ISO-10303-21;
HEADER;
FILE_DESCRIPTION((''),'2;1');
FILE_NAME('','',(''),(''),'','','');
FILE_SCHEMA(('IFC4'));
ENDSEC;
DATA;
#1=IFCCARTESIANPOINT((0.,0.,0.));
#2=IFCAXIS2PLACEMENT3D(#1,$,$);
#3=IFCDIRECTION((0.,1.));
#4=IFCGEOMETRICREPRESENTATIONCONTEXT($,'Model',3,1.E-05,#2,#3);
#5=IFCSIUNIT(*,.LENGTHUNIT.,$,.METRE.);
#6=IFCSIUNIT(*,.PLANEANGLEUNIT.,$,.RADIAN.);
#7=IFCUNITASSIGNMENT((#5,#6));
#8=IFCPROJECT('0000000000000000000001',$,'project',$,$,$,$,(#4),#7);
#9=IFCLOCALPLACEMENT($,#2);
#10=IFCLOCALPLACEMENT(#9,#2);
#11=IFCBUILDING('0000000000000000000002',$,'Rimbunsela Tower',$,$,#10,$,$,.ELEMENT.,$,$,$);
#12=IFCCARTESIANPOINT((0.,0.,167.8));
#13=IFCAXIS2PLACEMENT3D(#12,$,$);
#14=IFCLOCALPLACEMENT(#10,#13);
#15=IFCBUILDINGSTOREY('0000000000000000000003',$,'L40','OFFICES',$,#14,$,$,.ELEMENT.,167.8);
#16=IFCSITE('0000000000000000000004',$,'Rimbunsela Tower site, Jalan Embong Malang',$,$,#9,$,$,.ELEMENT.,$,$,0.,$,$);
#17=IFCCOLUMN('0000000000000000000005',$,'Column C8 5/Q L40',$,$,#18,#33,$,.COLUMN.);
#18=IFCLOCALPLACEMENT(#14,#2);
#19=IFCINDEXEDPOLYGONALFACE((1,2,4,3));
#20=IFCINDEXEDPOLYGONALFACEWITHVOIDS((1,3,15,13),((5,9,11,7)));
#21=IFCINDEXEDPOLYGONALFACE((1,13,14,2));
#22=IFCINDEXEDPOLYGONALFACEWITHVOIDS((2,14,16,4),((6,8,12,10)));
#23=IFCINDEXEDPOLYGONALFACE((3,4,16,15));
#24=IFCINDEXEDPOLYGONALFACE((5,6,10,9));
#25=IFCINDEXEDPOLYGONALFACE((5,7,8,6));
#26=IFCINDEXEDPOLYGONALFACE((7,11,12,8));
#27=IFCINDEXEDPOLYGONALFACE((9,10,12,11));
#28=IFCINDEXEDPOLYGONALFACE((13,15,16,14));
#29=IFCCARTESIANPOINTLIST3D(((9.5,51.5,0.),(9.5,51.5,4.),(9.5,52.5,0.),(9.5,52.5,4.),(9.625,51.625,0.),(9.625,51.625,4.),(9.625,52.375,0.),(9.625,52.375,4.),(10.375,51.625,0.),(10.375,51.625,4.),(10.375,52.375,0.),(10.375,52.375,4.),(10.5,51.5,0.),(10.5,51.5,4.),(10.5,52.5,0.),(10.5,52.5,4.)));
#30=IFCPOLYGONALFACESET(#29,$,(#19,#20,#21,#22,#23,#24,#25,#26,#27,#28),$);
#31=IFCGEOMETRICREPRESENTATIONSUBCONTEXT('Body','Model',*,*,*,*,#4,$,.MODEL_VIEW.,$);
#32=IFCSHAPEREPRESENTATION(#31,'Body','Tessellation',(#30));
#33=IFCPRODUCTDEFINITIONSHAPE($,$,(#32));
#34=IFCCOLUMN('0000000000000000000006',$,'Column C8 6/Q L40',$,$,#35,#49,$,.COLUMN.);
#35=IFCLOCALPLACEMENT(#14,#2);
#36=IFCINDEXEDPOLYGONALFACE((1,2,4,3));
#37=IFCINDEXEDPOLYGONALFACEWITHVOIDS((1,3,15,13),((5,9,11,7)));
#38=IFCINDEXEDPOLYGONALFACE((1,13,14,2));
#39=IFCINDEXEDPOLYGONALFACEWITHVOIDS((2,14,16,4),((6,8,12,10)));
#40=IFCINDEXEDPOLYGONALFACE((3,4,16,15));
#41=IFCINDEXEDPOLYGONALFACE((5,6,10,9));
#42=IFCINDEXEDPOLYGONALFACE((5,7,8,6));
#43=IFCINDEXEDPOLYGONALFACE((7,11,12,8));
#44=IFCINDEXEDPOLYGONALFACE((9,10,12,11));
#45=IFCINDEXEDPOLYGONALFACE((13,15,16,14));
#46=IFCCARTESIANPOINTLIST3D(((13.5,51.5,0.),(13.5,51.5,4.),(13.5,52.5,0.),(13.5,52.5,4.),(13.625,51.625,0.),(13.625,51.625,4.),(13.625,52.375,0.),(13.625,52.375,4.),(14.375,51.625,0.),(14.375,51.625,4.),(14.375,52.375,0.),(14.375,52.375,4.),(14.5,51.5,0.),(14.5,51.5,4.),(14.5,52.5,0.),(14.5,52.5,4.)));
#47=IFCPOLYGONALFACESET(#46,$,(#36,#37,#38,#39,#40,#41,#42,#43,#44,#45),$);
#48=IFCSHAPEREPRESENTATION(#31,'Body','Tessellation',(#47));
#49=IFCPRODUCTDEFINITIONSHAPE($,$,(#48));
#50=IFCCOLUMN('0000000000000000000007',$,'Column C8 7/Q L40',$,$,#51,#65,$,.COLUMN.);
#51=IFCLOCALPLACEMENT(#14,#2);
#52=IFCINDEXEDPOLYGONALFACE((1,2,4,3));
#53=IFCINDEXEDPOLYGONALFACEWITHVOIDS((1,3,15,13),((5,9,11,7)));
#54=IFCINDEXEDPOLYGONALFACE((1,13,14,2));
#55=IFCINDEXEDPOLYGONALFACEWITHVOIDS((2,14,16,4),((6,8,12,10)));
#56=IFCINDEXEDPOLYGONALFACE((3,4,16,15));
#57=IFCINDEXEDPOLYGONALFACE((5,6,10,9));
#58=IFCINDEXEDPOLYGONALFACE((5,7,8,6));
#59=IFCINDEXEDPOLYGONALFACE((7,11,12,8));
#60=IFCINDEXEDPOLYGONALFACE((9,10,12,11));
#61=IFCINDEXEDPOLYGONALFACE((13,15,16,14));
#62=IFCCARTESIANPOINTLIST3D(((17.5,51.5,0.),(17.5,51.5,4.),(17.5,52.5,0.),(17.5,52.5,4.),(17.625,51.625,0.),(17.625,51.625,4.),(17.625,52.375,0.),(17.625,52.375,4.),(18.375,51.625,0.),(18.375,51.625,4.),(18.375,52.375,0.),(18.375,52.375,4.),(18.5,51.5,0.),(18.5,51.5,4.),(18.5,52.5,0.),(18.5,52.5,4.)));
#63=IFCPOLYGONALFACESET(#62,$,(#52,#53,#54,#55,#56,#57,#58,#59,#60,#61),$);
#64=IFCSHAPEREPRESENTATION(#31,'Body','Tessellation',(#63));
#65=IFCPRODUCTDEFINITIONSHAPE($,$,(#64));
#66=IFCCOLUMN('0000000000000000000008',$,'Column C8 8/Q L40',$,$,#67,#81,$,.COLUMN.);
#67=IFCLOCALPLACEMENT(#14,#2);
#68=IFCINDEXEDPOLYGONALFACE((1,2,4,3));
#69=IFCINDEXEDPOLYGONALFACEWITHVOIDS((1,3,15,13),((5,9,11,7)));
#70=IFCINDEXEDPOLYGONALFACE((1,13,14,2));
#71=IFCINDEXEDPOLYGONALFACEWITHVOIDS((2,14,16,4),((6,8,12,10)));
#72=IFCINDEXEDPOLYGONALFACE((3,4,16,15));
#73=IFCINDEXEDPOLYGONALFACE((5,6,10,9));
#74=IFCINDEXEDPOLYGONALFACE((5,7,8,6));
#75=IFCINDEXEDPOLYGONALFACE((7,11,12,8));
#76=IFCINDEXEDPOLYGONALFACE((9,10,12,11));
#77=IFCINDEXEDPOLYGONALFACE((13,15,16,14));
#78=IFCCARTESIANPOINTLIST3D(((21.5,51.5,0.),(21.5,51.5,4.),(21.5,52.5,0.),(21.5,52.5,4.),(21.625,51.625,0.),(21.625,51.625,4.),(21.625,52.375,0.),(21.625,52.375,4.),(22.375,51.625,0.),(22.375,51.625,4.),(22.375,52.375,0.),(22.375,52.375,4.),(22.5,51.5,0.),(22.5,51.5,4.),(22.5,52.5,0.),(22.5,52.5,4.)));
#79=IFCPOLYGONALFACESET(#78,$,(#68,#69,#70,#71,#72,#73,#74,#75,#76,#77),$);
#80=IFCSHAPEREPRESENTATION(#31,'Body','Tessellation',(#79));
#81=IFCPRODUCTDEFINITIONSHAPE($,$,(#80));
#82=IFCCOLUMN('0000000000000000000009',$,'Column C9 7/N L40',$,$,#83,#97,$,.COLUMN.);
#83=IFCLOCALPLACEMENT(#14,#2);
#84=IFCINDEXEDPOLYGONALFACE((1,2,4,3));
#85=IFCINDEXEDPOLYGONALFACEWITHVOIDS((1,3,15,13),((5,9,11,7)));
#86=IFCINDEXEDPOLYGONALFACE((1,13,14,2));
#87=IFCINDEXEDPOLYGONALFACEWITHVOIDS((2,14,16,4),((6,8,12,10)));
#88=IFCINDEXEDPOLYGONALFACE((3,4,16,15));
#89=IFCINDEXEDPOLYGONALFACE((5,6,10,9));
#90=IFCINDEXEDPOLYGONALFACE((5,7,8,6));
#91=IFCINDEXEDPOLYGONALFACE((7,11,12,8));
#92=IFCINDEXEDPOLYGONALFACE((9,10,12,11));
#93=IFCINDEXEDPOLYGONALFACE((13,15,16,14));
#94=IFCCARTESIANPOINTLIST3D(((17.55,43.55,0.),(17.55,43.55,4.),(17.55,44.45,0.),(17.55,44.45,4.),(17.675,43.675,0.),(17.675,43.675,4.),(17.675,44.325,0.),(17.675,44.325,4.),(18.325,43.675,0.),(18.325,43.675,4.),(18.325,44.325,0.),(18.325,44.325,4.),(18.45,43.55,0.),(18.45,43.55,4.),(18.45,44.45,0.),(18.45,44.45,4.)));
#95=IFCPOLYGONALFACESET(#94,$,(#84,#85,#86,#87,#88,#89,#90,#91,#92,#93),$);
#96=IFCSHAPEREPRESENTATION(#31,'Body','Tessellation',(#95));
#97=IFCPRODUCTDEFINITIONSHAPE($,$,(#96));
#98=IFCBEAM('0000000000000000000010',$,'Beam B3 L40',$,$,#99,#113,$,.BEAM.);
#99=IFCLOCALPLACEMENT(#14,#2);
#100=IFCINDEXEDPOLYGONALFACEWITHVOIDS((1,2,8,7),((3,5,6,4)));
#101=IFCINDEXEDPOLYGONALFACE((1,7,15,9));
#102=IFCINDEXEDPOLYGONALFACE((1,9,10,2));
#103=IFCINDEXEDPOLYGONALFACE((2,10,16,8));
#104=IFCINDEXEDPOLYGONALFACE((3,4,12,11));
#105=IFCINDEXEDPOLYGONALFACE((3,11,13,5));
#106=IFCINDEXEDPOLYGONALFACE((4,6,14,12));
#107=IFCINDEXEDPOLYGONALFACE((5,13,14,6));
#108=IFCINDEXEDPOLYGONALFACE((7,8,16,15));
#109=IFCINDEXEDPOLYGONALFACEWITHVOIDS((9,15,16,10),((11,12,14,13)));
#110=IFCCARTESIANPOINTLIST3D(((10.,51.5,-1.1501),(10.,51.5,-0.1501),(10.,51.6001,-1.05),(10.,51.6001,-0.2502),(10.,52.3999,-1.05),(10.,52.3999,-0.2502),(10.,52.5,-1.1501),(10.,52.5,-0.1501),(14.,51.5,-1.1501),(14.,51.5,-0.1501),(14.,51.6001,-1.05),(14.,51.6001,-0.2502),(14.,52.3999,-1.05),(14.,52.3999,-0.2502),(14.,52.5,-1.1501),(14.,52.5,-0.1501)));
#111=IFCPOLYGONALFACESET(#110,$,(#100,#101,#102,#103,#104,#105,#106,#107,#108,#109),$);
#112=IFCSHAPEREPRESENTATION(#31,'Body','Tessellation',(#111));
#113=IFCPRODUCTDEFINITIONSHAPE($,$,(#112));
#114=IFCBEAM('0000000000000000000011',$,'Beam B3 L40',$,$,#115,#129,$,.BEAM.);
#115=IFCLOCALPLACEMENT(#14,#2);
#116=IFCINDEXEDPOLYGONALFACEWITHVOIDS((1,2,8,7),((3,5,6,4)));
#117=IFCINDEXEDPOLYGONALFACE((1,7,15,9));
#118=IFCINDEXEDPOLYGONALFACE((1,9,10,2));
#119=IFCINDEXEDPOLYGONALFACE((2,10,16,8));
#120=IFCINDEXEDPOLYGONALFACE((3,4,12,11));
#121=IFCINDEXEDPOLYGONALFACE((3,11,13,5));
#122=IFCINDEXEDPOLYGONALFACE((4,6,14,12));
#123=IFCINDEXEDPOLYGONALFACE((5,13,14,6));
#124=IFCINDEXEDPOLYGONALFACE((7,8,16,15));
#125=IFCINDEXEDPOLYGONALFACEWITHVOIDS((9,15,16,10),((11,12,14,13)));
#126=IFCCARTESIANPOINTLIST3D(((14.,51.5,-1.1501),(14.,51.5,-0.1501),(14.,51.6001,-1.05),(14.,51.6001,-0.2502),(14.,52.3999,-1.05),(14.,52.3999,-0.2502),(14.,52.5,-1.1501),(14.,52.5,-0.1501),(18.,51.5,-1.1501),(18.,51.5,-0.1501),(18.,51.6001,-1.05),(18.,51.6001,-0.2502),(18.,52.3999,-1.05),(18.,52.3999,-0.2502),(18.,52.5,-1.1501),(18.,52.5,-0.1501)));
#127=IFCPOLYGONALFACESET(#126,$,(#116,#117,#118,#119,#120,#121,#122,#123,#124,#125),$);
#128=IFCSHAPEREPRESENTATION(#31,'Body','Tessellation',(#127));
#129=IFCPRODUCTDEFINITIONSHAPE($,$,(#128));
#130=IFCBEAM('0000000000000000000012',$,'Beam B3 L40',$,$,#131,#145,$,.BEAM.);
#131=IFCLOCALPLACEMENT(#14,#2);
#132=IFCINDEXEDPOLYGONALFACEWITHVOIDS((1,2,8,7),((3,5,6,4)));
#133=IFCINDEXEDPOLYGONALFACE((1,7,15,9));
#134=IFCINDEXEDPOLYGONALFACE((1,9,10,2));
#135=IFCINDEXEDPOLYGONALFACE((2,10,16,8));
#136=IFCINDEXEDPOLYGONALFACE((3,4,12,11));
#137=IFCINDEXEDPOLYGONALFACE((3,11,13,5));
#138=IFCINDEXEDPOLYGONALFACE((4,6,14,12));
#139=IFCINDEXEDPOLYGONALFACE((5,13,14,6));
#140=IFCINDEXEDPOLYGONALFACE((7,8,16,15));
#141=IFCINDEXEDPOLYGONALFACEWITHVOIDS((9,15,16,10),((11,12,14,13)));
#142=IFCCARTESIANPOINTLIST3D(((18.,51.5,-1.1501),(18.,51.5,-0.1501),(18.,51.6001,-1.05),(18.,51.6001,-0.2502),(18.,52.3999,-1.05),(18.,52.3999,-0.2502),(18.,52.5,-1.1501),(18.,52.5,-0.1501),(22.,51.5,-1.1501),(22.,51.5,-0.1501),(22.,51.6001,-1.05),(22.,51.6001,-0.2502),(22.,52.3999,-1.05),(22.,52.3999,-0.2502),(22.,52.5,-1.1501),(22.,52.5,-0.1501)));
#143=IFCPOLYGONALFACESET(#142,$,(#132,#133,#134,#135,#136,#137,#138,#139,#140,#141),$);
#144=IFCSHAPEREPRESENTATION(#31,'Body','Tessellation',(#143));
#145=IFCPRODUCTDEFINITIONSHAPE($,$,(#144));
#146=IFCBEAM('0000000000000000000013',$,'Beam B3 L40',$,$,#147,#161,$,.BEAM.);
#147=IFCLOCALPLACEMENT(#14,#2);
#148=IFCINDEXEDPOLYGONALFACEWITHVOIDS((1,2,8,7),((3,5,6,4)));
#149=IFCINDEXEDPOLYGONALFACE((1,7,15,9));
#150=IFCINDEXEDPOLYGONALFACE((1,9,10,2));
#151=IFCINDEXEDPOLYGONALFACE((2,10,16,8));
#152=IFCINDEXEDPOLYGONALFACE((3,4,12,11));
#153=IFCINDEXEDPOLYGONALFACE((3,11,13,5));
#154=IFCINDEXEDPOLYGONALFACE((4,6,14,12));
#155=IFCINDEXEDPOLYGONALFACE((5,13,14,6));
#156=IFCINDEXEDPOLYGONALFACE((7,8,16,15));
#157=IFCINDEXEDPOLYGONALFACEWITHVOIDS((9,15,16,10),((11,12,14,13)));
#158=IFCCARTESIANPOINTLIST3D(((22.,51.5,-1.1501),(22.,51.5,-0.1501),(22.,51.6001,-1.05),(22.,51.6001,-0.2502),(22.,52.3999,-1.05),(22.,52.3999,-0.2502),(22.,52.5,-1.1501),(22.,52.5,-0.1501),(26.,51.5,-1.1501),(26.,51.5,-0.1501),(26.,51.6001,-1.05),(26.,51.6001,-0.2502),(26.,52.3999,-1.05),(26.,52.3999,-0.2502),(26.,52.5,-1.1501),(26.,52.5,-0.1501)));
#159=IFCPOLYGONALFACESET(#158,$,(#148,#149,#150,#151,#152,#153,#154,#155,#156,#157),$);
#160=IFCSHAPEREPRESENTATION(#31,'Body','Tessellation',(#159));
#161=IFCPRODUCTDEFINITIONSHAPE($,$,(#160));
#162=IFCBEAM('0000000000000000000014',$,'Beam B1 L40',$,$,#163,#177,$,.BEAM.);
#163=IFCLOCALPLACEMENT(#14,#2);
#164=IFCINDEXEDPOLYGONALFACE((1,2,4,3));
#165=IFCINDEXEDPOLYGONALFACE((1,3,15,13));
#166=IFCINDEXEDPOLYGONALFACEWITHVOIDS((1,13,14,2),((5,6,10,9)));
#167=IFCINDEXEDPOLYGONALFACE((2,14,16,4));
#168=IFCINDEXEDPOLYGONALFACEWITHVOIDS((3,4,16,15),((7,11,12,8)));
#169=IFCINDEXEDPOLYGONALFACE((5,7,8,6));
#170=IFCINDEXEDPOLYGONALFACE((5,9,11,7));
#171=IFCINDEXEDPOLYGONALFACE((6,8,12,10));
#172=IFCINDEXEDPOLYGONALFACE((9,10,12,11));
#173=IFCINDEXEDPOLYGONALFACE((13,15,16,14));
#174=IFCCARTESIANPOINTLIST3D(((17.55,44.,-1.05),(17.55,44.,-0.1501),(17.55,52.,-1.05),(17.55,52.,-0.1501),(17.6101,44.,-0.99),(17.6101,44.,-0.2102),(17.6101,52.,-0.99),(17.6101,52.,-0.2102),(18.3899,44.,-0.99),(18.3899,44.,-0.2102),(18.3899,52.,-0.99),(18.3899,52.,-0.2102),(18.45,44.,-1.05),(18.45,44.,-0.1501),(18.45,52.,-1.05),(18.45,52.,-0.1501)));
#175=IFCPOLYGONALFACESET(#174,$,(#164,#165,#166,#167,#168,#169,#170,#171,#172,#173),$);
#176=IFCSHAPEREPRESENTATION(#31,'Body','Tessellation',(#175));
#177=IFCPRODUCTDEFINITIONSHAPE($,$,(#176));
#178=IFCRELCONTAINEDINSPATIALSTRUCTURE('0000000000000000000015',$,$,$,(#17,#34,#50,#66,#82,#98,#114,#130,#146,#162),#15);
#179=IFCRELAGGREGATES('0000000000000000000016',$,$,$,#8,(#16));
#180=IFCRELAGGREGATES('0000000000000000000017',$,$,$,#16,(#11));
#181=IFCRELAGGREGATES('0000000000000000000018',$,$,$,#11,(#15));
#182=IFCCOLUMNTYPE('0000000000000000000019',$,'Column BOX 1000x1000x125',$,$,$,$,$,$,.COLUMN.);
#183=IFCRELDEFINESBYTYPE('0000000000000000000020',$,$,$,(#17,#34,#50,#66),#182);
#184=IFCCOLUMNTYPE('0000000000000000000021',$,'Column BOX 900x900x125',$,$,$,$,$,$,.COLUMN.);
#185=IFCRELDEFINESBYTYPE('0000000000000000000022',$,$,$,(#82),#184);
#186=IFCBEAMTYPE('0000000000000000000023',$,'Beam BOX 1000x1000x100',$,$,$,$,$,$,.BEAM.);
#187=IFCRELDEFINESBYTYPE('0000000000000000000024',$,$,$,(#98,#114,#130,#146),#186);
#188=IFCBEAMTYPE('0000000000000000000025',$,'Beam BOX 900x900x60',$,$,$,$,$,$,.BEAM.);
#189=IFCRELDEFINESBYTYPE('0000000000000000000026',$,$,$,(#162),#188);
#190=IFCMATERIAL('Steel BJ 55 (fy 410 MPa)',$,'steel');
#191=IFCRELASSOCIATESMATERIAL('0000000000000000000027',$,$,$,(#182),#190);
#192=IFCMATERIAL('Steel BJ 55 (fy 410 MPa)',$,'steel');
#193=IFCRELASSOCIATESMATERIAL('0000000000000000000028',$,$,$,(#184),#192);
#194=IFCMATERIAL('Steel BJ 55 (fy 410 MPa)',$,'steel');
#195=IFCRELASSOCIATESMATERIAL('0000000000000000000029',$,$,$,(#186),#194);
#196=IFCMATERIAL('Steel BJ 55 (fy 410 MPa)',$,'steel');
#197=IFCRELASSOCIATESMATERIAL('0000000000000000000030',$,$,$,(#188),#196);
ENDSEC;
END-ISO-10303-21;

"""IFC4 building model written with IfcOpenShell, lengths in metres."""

from ifc_helpers import new_model, si_unit, direction, frame, origin, origin_2d, place, context, subcontext, project, spatial, hollow_rectangle, extrude, material, material_profile, profile_set, type_object, element, save


model = new_model("IFC4")

# Units and contexts
model_context = context("Model", 3, precision=1e-05, world=origin(), true_north=direction((0.0, 1.0)))
body_context = subcontext(model_context, "Body", "Model", "MODEL_VIEW")
ifc_project = project(units=[si_unit("LENGTHUNIT", "METRE"), si_unit("PLANEANGLEUNIT", "RADIAN")], contexts=[model_context])

# Site, building, storey
site_placement = place(None, origin())
site = spatial("IfcSite", under=ifc_project, at=site_placement, Name="Rimbunsela Tower site, Jalan Embong Malang", CompositionType="ELEMENT", RefElevation=0.0)
building_placement = place(site_placement, origin())
building = spatial("IfcBuilding", under=site, at=building_placement, Name="Rimbunsela Tower", CompositionType="ELEMENT")
storey_placement = place(building_placement, frame((0.0, 0.0, 167.8)))
storey = spatial("IfcBuildingStorey", under=building, at=storey_placement, Name="L40", Description="OFFICES", CompositionType="ELEMENT", Elevation=167.8)

# Columns
ifc_material_1 = material(Name="Steel BJ 55 (fy 410 MPa)", Category="steel")
ifc_material_profile_1 = material_profile(ifc_material_1, hollow_rectangle(XDim=1.0, YDim=1.0, WallThickness=0.125, at=origin_2d()), Name="BOX 1000x1000x125")
ifc_profile_set_1 = profile_set([ifc_material_profile_1], Name="Steel BJ 55 (fy 410 MPa)")
column_type_1 = type_object("IfcColumnType", Name="Column BOX 1000x1000x125", PredefinedType="COLUMN", material=ifc_profile_set_1)
for number, where, z_axis, x_axis, name in (
    (1, (10.0, 52.0, 0.0), (0.0, 0.0, 1.0), (1.0, 0.0, 0.0), "Column C8 5/Q L40"),
    (2, (14.0, 52.0, 0.0), (0.0, 0.0, 1.0), (1.0, 0.0, 0.0), "Column C8 6/Q L40"),
    (3, (18.0, 52.0, 0.0), (0.0, 0.0, 1.0), (1.0, 0.0, 0.0), "Column C8 7/Q L40"),
    (4, (22.0, 52.0, 0.0), (0.0, 0.0, 1.0), (1.0, 0.0, 0.0), "Column C8 8/Q L40"),
):
    element("IfcColumn", number, at=place(storey_placement, frame(where, z_axis=z_axis, x_axis=x_axis)), inside=storey, type_object=column_type_1, Name=name, PredefinedType="COLUMN", context=body_context, shape_type="SweptSolid", body=[
        extrude(hollow_rectangle(XDim=1.0, YDim=1.0, WallThickness=0.125, at=origin_2d()), origin(), (0.0, 0.0, 1.0), 4.0),
    ])
ifc_material_2 = material(Name="Steel BJ 55 (fy 410 MPa)", Category="steel")
ifc_material_profile_2 = material_profile(ifc_material_2, hollow_rectangle(XDim=0.8999, YDim=0.8999, WallThickness=0.125, at=origin_2d()), Name="BOX 900x900x125")
ifc_profile_set_2 = profile_set([ifc_material_profile_2], Name="Steel BJ 55 (fy 410 MPa)")
column_type_2 = type_object("IfcColumnType", Name="Column BOX 900x900x125", PredefinedType="COLUMN", material=ifc_profile_set_2)
column_placement = place(storey_placement, frame((18.0, 44.0, 0.0), z_axis=(0.0, 0.0, 1.0), x_axis=(1.0, 0.0, 0.0)))
element("IfcColumn", 5, at=column_placement, inside=storey, type_object=column_type_2, Name="Column C9 7/N L40", PredefinedType="COLUMN", context=body_context, shape_type="SweptSolid", body=[
    extrude(hollow_rectangle(XDim=0.8999, YDim=0.8999, WallThickness=0.125, at=origin_2d()), origin(), (0.0, 0.0, 1.0), 4.0),
])

# Beams
ifc_material_3 = material(Name="Steel BJ 55 (fy 410 MPa)", Category="steel")
ifc_material_profile_3 = material_profile(ifc_material_3, hollow_rectangle(XDim=1.0, YDim=1.0, WallThickness=0.1001, at=origin_2d()), Name="BOX 1000x1000x100")
ifc_profile_set_3 = profile_set([ifc_material_profile_3], Name="Steel BJ 55 (fy 410 MPa)")
beam_type_1 = type_object("IfcBeamType", Name="Beam BOX 1000x1000x100", PredefinedType="BEAM", material=ifc_profile_set_3)
for number, where, z_axis, x_axis, name in (
    (6, (10.0, 52.0, -0.6501), (1.0, 0.0, 0.0), (0.0, 1.0, 0.0), "Beam B3 L40"),
    (7, (14.0, 52.0, -0.6501), (1.0, 0.0, 0.0), (0.0, 1.0, 0.0), "Beam B3 L40"),
    (8, (18.0, 52.0, -0.6501), (1.0, 0.0, 0.0), (0.0, 1.0, 0.0), "Beam B3 L40"),
    (9, (22.0, 52.0, -0.6501), (1.0, 0.0, 0.0), (0.0, 1.0, 0.0), "Beam B3 L40"),
):
    element("IfcBeam", number, at=place(storey_placement, frame(where, z_axis=z_axis, x_axis=x_axis)), inside=storey, type_object=beam_type_1, Name=name, PredefinedType="BEAM", context=body_context, shape_type="SweptSolid", body=[
        extrude(hollow_rectangle(XDim=1.0, YDim=1.0, WallThickness=0.1001, at=origin_2d()), origin(), (0.0, 0.0, 1.0), 4.0),
    ])
ifc_material_4 = material(Name="Steel BJ 55 (fy 410 MPa)", Category="steel")
ifc_material_profile_4 = material_profile(ifc_material_4, hollow_rectangle(XDim=0.8999, YDim=0.8999, WallThickness=0.0601, at=origin_2d()), Name="BOX 900x900x60")
ifc_profile_set_4 = profile_set([ifc_material_profile_4], Name="Steel BJ 55 (fy 410 MPa)")
beam_type_2 = type_object("IfcBeamType", Name="Beam BOX 900x900x60", PredefinedType="BEAM", material=ifc_profile_set_4)
beam_1_placement = place(storey_placement, frame((18.0, 44.0, -0.6001), z_axis=(0.0, 1.0, 0.0), x_axis=(-1.0, 0.0, 0.0)))
element("IfcBeam", 10, at=beam_1_placement, inside=storey, type_object=beam_type_2, Name="Beam B1 L40", PredefinedType="BEAM", context=body_context, shape_type="SweptSolid", body=[
    extrude(hollow_rectangle(XDim=0.8999, YDim=0.8999, WallThickness=0.0601, at=origin_2d()), origin(), (0.0, 0.0, 1.0), 8.0),
])

save(model, "model.ifc")
